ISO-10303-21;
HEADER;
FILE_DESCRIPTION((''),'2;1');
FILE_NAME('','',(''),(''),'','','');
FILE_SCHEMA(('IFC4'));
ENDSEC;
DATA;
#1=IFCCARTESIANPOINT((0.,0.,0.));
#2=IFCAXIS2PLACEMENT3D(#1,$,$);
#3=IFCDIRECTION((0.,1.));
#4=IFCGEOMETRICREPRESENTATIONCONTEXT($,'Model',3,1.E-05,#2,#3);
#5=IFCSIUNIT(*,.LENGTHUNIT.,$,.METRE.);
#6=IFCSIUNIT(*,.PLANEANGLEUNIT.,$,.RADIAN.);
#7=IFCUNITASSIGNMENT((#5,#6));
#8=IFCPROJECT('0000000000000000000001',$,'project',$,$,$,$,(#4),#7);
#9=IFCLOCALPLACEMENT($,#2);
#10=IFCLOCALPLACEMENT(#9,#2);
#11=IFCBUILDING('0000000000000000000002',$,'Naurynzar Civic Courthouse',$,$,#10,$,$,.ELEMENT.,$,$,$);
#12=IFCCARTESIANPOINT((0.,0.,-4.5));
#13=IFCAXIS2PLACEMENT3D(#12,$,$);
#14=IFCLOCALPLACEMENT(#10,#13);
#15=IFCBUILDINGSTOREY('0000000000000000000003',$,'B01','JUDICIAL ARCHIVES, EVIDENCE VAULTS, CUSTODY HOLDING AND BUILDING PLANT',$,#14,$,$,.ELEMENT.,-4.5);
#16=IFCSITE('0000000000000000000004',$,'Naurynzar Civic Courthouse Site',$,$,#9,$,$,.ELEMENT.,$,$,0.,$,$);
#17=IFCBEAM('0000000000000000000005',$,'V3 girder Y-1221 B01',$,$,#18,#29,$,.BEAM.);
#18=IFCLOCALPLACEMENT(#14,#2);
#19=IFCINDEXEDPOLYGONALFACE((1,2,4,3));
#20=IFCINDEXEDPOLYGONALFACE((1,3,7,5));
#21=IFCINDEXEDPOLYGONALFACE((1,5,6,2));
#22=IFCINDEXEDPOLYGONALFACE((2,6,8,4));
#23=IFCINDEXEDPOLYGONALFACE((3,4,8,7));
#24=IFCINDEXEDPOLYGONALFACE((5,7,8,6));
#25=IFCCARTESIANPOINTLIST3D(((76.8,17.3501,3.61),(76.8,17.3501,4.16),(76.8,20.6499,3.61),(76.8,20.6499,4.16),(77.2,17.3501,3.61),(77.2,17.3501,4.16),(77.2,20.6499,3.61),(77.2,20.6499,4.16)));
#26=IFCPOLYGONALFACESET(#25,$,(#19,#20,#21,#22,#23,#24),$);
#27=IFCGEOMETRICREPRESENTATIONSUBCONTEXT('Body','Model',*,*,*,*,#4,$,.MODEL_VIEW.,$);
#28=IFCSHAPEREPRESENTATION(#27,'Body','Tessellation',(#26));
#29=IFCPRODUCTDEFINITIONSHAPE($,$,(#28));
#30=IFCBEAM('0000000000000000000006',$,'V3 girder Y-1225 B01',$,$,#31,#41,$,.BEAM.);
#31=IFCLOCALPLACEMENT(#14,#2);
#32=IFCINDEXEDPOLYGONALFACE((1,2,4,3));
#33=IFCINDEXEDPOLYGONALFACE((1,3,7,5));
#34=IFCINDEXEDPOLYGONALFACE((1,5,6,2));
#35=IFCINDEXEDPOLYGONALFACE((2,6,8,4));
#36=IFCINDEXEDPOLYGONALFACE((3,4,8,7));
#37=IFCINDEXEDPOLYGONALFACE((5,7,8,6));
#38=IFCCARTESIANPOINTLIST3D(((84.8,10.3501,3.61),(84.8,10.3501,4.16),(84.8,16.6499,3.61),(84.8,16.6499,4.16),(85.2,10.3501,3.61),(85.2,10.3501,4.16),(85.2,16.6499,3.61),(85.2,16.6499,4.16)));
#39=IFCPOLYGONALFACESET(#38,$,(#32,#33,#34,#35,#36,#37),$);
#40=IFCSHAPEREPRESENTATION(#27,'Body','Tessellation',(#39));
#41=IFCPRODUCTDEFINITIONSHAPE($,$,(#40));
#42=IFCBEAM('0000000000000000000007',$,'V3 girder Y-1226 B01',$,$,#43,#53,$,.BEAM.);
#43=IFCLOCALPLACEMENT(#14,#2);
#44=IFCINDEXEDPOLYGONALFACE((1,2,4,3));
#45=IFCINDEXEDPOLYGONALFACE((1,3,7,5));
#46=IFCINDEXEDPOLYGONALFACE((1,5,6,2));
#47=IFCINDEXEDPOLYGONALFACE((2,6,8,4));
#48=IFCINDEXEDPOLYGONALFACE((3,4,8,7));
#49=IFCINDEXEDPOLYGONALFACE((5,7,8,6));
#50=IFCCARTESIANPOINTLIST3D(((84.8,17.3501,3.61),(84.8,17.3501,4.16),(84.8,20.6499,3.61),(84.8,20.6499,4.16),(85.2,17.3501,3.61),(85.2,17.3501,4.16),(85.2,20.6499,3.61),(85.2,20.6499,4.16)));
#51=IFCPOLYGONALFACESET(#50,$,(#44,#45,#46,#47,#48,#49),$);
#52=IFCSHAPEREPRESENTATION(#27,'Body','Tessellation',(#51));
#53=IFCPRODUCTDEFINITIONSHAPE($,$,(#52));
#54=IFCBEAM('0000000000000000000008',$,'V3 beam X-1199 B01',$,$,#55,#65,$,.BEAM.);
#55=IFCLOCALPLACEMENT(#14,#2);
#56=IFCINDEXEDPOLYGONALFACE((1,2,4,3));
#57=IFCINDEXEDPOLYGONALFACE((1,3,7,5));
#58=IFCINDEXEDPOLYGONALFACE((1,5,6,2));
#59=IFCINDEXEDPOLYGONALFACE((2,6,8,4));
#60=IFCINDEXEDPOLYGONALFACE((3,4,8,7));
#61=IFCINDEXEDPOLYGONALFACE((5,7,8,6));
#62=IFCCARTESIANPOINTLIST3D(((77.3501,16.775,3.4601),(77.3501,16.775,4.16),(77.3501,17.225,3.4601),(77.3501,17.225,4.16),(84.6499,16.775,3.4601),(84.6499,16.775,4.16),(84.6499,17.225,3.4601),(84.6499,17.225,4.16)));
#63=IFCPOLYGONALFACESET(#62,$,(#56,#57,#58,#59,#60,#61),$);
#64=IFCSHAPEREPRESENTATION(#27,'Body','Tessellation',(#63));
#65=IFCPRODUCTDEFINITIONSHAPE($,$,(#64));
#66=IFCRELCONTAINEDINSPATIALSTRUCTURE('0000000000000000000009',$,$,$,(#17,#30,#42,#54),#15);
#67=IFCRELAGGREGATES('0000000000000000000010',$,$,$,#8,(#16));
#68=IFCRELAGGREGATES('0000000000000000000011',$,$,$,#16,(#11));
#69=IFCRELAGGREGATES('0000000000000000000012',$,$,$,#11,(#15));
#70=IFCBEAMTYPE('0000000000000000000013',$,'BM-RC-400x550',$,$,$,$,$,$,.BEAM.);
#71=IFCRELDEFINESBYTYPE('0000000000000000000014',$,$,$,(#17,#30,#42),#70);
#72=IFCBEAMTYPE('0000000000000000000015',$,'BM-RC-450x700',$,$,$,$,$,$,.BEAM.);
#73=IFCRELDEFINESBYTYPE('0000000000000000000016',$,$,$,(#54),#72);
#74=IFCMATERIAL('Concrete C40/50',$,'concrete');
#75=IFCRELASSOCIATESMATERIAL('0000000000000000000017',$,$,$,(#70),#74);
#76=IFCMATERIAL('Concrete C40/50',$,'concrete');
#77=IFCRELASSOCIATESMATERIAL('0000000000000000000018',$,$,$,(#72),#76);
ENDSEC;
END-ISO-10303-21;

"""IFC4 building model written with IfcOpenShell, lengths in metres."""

from ifc_helpers import new_model, si_unit, direction, frame, origin, origin_2d, place, context, subcontext, project, spatial, rectangle, extrude, material, material_profile, profile_set, type_object, element, save


model = new_model("IFC4")

# Units and contexts
model_context = context("Model", 3, precision=1e-05, world=origin(), true_north=direction((0.0, 1.0)))
body_context = subcontext(model_context, "Body", "Model", "MODEL_VIEW")
ifc_project = project(units=[si_unit("LENGTHUNIT", "METRE"), si_unit("PLANEANGLEUNIT", "RADIAN")], contexts=[model_context])

# Site, building, storey
site_placement = place(None, origin())
site = spatial("IfcSite", under=ifc_project, at=site_placement, Name="Naurynzar Civic Courthouse Site", CompositionType="ELEMENT", RefElevation=0.0)
building_placement = place(site_placement, origin())
building = spatial("IfcBuilding", under=site, at=building_placement, Name="Naurynzar Civic Courthouse", CompositionType="ELEMENT")
storey_placement = place(building_placement, frame((0.0, 0.0, -4.5)))
storey = spatial("IfcBuildingStorey", under=building, at=storey_placement, Name="B01", Description="JUDICIAL ARCHIVES, EVIDENCE VAULTS, CUSTODY HOLDING AND BUILDING PLANT", CompositionType="ELEMENT", Elevation=-4.5)

# Beams
ifc_material_1 = material(Name="Concrete C40/50", Category="concrete")
ifc_material_profile_1 = material_profile(ifc_material_1, rectangle(XDim=0.3999, YDim=0.55, at=origin_2d()), Name="RCB 400x550")
ifc_profile_set_1 = profile_set([ifc_material_profile_1], Name="Concrete C40/50")
beam_type_1 = type_object("IfcBeamType", Name="BM-RC-400x550", PredefinedType="BEAM", material=ifc_profile_set_1)
beam_1_placement = place(storey_placement, frame((77.0, 17.3501, 3.885), z_axis=(0.0, 1.0, 0.0), x_axis=(-1.0, 0.0, 0.0)))
element("IfcBeam", 1, at=beam_1_placement, inside=storey, type_object=beam_type_1, Name="V3 girder Y-1221 B01", PredefinedType="BEAM", context=body_context, shape_type="SweptSolid", body=[
    extrude(rectangle(XDim=0.3999, YDim=0.55, at=origin_2d()), origin(), (0.0, 0.0, 1.0), 3.2998),
])
beam_2_placement = place(storey_placement, frame((85.0, 10.3501, 3.885), z_axis=(0.0, 1.0, 0.0), x_axis=(-1.0, 0.0, 0.0)))
element("IfcBeam", 2, at=beam_2_placement, inside=storey, type_object=beam_type_1, Name="V3 girder Y-1225 B01", PredefinedType="BEAM", context=body_context, shape_type="SweptSolid", body=[
    extrude(rectangle(XDim=0.3999, YDim=0.55, at=origin_2d()), origin(), (0.0, 0.0, 1.0), 6.2998),
])
beam_3_placement = place(storey_placement, frame((85.0, 17.3501, 3.885), z_axis=(0.0, 1.0, 0.0), x_axis=(-1.0, 0.0, 0.0)))
element("IfcBeam", 3, at=beam_3_placement, inside=storey, type_object=beam_type_1, Name="V3 girder Y-1226 B01", PredefinedType="BEAM", context=body_context, shape_type="SweptSolid", body=[
    extrude(rectangle(XDim=0.3999, YDim=0.55, at=origin_2d()), origin(), (0.0, 0.0, 1.0), 3.2998),
])
ifc_material_2 = material(Name="Concrete C40/50", Category="concrete")
ifc_material_profile_2 = material_profile(ifc_material_2, rectangle(XDim=0.45, YDim=0.7, at=origin_2d()), Name="RCB 450x700")
ifc_profile_set_2 = profile_set([ifc_material_profile_2], Name="Concrete C40/50")
beam_type_2 = type_object("IfcBeamType", Name="BM-RC-450x700", PredefinedType="BEAM", material=ifc_profile_set_2)
beam_4_placement = place(storey_placement, frame((77.3501, 17.0, 3.8101), z_axis=(1.0, 0.0, 0.0), x_axis=(0.0, 1.0, 0.0)))
element("IfcBeam", 4, at=beam_4_placement, inside=storey, type_object=beam_type_2, Name="V3 beam X-1199 B01", PredefinedType="BEAM", context=body_context, shape_type="SweptSolid", body=[
    extrude(rectangle(XDim=0.45, YDim=0.7, at=origin_2d()), origin(), (0.0, 0.0, 1.0), 7.2998),
])

save(model, "model.ifc")
